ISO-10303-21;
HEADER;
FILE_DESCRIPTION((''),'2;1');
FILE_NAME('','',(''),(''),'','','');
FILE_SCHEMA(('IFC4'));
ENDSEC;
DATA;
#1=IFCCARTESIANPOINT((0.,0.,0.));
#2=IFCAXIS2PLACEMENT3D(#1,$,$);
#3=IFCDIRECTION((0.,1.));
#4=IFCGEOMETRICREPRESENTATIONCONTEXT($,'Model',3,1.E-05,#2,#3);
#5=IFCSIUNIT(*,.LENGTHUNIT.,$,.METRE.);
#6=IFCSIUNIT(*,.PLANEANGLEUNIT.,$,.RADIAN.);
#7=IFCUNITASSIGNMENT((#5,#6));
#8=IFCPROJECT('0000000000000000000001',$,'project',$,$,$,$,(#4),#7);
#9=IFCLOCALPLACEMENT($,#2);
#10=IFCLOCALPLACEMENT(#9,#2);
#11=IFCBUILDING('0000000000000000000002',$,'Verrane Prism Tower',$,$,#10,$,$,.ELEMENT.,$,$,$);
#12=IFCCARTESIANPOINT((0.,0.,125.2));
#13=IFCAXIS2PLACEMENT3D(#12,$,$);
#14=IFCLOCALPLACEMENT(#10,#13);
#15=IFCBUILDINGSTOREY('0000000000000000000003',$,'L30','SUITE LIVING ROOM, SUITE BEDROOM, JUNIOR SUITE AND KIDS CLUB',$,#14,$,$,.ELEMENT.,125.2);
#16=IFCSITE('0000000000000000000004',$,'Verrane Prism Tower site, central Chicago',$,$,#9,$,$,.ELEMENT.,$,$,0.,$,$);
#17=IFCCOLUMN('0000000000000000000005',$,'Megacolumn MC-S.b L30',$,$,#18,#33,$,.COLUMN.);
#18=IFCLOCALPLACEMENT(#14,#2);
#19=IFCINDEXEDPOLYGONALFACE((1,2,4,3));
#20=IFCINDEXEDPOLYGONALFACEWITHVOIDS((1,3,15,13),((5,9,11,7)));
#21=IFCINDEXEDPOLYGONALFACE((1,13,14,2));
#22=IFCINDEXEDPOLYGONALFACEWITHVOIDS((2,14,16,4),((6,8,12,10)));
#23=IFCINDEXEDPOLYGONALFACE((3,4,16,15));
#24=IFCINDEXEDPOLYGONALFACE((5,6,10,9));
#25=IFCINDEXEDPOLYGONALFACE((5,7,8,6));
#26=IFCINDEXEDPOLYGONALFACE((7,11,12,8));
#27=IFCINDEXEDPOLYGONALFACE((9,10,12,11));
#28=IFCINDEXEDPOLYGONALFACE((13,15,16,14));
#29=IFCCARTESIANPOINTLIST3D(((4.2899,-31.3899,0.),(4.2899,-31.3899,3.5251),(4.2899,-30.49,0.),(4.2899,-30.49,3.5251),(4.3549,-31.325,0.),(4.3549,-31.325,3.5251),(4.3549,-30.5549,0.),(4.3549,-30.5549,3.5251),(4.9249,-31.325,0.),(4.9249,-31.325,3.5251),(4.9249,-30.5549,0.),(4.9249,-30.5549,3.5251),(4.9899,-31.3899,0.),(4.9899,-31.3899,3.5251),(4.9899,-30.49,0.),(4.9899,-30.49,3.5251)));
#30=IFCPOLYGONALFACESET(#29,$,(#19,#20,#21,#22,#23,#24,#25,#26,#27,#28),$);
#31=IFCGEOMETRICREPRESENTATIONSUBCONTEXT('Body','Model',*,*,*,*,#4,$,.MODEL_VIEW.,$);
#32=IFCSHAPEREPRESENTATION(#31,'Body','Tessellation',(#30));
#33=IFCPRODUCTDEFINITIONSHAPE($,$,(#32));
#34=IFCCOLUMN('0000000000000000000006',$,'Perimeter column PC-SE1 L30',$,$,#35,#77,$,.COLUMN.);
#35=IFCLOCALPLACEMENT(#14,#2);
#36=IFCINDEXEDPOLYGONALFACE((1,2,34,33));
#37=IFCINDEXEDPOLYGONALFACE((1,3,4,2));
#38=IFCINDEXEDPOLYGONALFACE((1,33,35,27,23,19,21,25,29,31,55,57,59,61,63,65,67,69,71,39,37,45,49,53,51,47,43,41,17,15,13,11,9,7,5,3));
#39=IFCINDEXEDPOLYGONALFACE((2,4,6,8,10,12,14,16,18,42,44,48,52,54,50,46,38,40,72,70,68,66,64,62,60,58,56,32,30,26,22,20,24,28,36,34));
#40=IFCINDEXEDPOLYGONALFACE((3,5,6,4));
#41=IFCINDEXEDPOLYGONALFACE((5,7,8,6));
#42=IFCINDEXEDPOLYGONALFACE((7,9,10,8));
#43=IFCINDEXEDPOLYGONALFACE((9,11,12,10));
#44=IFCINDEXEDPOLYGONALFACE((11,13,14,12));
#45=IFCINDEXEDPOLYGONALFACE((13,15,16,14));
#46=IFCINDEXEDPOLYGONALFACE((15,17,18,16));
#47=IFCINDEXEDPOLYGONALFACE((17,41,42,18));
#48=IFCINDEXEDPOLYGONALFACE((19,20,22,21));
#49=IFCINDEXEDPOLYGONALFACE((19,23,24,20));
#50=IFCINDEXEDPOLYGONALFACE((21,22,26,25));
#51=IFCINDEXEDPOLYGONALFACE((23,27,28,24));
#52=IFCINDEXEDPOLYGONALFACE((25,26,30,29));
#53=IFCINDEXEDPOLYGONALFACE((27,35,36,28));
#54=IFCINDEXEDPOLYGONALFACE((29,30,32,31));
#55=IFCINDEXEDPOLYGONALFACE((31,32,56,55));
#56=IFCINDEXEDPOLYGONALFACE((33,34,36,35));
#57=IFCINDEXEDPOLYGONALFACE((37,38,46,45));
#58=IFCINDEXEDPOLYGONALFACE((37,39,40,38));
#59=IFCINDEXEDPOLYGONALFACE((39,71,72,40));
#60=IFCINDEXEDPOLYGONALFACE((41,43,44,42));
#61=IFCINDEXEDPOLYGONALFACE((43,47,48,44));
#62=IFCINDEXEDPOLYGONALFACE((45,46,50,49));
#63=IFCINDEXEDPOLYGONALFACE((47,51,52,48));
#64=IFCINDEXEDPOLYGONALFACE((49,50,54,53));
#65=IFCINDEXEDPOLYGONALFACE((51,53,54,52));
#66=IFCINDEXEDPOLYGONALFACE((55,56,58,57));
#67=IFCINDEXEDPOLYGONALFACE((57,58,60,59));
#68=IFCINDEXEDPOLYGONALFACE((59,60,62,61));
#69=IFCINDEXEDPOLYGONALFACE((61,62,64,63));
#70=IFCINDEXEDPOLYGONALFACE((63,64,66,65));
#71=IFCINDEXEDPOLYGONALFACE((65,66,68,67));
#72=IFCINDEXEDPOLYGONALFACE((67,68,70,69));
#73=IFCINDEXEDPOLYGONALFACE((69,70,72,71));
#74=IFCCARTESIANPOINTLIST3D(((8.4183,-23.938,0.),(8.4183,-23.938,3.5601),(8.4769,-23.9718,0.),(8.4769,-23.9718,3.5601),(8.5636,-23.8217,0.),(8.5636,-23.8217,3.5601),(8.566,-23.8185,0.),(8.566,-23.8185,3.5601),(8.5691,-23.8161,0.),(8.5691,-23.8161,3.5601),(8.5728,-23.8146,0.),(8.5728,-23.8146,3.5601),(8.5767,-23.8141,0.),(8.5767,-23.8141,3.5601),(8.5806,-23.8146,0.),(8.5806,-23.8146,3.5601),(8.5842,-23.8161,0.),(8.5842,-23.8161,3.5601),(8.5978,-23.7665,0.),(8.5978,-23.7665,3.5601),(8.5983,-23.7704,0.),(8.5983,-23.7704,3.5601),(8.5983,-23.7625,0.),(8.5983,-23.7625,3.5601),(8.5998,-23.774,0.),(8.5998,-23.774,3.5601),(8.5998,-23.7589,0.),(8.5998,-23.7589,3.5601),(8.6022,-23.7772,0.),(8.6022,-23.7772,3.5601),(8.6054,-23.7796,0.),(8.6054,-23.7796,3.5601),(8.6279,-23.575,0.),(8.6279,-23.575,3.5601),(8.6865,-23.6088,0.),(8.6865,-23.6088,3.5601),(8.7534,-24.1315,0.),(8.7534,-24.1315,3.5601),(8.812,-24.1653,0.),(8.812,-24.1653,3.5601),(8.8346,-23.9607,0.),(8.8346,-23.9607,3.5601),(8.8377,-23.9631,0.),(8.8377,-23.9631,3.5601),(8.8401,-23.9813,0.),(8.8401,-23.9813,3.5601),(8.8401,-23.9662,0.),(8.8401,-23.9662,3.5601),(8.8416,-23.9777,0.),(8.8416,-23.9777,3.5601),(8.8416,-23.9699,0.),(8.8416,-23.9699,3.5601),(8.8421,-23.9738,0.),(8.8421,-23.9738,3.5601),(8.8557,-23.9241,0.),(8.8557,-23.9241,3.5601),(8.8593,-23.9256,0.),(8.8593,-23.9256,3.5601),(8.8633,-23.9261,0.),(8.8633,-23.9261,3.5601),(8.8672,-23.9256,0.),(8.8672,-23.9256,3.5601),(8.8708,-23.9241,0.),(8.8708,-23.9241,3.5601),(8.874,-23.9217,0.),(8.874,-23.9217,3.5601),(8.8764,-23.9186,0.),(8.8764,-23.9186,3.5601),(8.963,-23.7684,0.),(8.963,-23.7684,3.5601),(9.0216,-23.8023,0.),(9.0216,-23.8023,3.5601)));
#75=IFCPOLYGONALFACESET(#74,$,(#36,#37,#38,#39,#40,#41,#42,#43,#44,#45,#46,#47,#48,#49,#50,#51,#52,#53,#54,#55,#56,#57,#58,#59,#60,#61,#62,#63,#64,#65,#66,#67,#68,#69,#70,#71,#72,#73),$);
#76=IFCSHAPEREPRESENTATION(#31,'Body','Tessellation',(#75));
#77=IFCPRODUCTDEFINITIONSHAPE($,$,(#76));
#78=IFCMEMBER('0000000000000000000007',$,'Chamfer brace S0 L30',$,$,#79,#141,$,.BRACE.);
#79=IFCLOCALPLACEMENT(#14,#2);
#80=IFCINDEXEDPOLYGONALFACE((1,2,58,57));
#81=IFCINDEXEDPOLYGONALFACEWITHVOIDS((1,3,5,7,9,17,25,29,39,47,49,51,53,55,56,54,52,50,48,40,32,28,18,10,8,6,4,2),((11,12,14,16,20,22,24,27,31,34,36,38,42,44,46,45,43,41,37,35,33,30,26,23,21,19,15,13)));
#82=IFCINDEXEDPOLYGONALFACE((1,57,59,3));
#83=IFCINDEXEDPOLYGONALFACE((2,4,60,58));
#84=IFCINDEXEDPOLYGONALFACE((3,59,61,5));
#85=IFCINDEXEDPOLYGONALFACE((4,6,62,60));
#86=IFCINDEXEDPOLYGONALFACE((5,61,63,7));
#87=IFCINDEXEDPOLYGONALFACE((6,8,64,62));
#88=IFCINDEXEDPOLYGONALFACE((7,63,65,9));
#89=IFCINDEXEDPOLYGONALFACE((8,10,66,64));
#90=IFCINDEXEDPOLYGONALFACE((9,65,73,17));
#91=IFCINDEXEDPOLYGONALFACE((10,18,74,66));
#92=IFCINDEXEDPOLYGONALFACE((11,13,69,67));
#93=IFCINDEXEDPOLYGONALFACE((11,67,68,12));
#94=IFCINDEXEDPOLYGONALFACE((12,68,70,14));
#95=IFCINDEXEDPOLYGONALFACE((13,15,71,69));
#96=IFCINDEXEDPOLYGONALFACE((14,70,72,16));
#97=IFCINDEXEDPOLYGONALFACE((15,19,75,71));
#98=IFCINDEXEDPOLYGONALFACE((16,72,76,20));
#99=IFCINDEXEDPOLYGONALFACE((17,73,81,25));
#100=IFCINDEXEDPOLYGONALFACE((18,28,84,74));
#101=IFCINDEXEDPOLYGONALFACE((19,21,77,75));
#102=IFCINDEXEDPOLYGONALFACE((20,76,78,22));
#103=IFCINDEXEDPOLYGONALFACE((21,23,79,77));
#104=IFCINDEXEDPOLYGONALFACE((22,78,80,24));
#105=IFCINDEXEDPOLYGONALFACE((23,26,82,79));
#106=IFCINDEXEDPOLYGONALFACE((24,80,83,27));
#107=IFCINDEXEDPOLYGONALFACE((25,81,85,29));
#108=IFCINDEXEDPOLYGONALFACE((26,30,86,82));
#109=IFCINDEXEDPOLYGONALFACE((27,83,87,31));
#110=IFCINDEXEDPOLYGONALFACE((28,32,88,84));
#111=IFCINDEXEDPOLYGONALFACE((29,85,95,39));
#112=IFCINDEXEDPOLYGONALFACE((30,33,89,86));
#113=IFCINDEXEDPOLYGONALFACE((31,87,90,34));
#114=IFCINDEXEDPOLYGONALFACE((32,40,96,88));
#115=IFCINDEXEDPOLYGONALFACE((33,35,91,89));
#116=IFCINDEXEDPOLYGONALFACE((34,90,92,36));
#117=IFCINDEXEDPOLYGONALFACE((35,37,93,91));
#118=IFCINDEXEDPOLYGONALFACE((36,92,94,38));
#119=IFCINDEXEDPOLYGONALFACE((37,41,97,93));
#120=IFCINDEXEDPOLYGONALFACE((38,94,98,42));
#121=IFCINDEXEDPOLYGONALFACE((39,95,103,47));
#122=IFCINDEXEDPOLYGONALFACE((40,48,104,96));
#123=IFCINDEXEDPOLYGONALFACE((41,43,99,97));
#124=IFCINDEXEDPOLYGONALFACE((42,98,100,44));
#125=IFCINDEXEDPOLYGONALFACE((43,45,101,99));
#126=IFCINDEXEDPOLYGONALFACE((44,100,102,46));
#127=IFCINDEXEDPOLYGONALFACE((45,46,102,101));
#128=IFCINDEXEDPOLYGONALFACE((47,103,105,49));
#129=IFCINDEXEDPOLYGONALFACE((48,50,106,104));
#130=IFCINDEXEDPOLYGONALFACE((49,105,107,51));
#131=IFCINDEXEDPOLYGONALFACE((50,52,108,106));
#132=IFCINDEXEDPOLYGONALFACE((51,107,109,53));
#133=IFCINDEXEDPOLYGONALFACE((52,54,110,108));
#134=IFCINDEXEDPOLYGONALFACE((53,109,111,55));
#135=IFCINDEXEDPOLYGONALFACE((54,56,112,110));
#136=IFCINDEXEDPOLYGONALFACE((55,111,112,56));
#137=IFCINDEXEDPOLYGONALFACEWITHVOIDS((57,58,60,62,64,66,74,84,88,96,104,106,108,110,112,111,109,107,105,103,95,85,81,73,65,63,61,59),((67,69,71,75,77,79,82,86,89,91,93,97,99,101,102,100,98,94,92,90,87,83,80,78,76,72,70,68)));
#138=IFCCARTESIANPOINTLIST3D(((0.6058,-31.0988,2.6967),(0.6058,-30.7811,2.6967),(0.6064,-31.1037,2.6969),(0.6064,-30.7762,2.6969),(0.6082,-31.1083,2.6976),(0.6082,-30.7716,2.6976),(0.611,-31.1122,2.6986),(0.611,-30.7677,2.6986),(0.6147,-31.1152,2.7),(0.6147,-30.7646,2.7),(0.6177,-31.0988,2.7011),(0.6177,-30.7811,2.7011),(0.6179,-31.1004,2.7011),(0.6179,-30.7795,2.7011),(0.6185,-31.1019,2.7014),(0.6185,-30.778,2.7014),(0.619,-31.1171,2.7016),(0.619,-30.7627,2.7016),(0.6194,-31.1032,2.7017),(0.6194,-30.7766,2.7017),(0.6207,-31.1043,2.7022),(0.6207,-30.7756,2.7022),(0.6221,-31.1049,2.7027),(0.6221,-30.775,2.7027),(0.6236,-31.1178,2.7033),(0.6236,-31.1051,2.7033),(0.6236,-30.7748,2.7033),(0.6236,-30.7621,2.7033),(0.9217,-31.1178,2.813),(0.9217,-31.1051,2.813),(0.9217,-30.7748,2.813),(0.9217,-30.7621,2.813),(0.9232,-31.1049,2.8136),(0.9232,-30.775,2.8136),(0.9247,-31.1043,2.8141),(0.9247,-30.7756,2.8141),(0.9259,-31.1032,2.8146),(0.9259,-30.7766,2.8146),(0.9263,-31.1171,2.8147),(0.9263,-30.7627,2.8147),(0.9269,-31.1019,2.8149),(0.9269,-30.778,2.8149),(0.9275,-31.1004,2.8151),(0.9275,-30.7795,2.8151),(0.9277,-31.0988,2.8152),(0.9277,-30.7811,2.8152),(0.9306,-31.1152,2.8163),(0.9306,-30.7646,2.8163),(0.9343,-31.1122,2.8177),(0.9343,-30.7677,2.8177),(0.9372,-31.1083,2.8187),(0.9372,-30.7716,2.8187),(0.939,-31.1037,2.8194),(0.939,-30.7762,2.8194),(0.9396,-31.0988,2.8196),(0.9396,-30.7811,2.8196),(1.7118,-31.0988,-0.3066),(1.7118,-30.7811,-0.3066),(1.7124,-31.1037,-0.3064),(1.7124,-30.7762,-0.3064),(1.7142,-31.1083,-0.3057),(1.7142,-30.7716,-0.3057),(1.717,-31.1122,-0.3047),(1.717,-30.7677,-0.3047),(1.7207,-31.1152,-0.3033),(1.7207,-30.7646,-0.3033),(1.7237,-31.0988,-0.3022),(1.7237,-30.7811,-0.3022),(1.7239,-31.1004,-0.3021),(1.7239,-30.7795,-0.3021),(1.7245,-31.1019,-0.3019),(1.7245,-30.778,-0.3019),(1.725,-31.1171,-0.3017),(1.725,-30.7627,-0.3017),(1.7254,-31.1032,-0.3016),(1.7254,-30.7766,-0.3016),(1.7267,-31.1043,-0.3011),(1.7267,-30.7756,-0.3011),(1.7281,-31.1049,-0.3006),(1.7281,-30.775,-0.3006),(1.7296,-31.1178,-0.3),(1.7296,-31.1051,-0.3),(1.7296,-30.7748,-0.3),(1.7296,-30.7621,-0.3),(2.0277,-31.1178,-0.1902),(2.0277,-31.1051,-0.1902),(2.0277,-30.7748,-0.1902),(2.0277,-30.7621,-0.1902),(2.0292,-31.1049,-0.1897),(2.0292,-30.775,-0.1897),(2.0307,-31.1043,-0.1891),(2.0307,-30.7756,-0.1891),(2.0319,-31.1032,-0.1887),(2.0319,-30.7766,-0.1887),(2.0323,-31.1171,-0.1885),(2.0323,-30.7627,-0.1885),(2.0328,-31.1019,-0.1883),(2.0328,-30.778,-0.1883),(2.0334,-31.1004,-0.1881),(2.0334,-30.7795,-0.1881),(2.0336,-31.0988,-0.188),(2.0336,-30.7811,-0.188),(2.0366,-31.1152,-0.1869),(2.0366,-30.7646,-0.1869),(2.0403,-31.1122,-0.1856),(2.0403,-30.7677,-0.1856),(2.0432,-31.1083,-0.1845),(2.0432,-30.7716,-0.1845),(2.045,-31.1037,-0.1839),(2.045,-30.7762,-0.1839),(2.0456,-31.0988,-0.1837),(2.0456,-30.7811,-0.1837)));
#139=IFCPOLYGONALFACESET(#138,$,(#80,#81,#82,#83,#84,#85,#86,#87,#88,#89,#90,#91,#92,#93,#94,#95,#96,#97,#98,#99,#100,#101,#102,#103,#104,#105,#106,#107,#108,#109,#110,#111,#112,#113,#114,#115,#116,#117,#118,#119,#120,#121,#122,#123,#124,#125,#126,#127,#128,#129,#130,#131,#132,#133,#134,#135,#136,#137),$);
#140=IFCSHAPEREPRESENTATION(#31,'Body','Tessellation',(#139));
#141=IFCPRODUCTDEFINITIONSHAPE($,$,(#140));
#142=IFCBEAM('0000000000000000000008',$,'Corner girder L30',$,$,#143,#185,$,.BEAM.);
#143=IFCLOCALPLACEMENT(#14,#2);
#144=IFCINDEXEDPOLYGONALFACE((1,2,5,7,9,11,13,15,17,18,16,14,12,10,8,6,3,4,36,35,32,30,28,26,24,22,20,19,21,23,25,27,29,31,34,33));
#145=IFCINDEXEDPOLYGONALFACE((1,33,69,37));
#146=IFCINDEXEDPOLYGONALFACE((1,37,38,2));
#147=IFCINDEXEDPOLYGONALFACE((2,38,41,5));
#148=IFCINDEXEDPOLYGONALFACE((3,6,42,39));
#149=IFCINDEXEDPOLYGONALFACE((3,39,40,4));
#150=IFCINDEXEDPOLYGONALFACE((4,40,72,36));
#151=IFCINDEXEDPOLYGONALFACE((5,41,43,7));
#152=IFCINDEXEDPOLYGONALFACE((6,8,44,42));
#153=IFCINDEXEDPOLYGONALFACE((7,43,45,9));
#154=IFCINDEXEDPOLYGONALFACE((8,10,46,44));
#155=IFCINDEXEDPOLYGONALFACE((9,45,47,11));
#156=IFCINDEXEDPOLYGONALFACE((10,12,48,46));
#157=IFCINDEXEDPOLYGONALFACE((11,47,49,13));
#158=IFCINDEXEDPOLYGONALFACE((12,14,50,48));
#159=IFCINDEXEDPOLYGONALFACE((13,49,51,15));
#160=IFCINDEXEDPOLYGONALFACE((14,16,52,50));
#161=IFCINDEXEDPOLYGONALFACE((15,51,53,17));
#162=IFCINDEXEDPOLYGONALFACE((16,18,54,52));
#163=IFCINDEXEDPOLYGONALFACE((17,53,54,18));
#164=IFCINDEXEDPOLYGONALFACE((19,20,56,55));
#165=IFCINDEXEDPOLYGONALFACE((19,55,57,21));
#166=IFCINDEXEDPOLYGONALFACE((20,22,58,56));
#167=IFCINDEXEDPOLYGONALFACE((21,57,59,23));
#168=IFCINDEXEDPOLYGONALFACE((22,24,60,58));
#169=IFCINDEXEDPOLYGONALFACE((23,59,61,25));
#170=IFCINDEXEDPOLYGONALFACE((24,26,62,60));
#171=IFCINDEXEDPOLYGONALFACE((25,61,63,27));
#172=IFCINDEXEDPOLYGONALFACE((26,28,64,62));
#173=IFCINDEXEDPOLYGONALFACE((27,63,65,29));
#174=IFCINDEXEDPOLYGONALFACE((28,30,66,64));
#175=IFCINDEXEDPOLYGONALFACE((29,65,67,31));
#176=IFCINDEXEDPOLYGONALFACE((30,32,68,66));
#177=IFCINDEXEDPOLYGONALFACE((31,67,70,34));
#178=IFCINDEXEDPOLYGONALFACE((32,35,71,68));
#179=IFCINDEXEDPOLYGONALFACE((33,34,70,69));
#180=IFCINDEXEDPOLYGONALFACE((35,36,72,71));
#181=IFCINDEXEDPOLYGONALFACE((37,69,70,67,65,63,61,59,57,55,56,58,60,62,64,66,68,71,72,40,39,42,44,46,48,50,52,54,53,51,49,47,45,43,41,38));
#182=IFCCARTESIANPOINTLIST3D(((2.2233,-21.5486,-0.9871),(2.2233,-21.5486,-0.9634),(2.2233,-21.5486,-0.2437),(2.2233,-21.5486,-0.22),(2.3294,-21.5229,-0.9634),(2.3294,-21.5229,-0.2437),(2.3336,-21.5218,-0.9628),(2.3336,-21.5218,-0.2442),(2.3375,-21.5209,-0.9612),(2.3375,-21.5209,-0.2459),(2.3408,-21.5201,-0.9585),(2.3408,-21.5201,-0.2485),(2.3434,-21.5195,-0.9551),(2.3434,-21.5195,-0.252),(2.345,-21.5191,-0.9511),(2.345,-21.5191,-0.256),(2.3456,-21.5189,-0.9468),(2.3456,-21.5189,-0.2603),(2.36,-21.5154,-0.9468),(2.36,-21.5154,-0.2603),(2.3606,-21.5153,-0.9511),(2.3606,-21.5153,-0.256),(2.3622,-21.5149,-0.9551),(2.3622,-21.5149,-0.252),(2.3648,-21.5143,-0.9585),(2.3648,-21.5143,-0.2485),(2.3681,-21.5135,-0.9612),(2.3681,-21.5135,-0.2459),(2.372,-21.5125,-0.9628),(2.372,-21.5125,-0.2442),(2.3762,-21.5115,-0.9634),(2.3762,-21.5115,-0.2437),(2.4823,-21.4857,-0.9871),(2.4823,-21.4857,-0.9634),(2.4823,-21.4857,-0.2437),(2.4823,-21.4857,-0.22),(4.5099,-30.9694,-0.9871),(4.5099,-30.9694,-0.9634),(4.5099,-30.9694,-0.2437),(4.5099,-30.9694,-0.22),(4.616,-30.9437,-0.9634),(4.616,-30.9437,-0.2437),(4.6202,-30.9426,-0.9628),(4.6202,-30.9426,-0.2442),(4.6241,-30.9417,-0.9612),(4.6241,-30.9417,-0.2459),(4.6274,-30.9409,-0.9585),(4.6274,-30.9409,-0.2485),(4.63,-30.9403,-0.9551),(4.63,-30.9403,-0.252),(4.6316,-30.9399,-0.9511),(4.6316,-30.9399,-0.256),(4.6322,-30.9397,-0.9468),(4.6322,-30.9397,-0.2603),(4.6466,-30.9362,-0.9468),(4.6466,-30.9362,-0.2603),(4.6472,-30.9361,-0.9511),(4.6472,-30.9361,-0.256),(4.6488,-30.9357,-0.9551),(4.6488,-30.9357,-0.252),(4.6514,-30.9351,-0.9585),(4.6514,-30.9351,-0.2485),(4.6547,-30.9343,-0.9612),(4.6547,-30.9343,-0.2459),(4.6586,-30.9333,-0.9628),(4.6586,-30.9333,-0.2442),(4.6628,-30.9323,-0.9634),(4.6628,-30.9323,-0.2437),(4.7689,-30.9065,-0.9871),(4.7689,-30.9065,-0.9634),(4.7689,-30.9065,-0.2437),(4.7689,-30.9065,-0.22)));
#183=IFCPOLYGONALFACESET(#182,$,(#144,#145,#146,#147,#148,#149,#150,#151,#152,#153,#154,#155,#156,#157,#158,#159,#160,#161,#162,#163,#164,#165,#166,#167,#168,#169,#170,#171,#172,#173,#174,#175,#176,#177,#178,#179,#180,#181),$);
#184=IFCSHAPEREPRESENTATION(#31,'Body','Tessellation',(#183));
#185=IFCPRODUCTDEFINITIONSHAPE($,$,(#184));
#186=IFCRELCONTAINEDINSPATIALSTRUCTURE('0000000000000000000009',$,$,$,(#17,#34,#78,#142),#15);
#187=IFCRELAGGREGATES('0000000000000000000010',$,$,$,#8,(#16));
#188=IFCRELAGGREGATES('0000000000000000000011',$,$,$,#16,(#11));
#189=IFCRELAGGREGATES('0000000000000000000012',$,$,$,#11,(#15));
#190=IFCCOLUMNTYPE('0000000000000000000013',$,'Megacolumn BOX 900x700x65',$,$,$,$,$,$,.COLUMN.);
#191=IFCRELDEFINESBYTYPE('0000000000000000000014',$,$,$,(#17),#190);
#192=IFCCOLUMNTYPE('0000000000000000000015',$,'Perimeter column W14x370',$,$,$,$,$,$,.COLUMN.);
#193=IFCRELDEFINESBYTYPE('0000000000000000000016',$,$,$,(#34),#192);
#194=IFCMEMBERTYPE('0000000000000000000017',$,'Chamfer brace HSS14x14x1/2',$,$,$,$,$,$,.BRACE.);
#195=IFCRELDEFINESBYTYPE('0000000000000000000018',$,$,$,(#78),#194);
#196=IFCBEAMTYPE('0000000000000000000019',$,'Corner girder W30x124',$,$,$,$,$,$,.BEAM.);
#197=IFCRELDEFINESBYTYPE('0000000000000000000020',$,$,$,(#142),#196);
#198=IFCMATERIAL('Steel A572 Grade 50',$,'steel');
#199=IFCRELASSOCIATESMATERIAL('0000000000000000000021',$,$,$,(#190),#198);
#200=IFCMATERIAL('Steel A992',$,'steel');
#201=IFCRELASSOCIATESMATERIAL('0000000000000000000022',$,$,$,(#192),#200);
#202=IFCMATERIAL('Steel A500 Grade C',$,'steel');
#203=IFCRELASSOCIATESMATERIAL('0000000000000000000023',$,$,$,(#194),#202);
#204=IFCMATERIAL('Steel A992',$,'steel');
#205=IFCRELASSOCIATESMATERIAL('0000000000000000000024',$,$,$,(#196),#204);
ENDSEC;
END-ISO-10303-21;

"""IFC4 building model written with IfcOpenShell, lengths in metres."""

from ifc_helpers import new_model, si_unit, direction, frame, origin, origin_2d, place, context, subcontext, project, spatial, hollow_rectangle, i_section, extrude, material, material_profile, profile_set, type_object, element, save


model = new_model("IFC4")

# Units and contexts
model_context = context("Model", 3, precision=1e-05, world=origin(), true_north=direction((0.0, 1.0)))
body_context = subcontext(model_context, "Body", "Model", "MODEL_VIEW")
ifc_project = project(units=[si_unit("LENGTHUNIT", "METRE"), si_unit("PLANEANGLEUNIT", "RADIAN")], contexts=[model_context])

# Site, building, storey
site_placement = place(None, origin())
site = spatial("IfcSite", under=ifc_project, at=site_placement, Name="Verrane Prism Tower site, central Chicago", CompositionType="ELEMENT", RefElevation=0.0)
building_placement = place(site_placement, origin())
building = spatial("IfcBuilding", under=site, at=building_placement, Name="Verrane Prism Tower", CompositionType="ELEMENT")
storey_placement = place(building_placement, frame((0.0, 0.0, 125.2)))
storey = spatial("IfcBuildingStorey", under=building, at=storey_placement, Name="L30", Description="SUITE LIVING ROOM, SUITE BEDROOM, JUNIOR SUITE AND KIDS CLUB", CompositionType="ELEMENT", Elevation=125.2)

# Columns
ifc_material_1 = material(Name="Steel A572 Grade 50", Category="steel")
ifc_material_profile_1 = material_profile(ifc_material_1, hollow_rectangle(XDim=0.7, YDim=0.8999, WallThickness=0.0649, at=origin_2d()), Name="BOX 900x700x65")
ifc_profile_set_1 = profile_set([ifc_material_profile_1], Name="Steel A572 Grade 50")
column_type_1 = type_object("IfcColumnType", Name="Megacolumn BOX 900x700x65", PredefinedType="COLUMN", material=ifc_profile_set_1)
column_1_placement = place(storey_placement, frame((4.6399, -30.9399, 0.0), z_axis=(0.0, 0.0, 1.0), x_axis=(-1.0, 0.0, 0.0)))
element("IfcColumn", 1, at=column_1_placement, inside=storey, type_object=column_type_1, Name="Megacolumn MC-S.b L30", PredefinedType="COLUMN", context=body_context, shape_type="SweptSolid", body=[
    extrude(hollow_rectangle(XDim=0.7, YDim=0.8999, WallThickness=0.0649, at=origin_2d()), origin(), (0.0, 0.0, 1.0), 3.5251),
])
ifc_material_2 = material(Name="Steel A992", Category="steel")
ifc_material_profile_2 = material_profile(ifc_material_2, i_section(OverallWidth=0.4192, OverallDepth=0.4546, WebThickness=0.0422, FlangeThickness=0.0676, FilletRadius=0.0151, at=origin_2d()), Name="W14x370")
ifc_profile_set_2 = profile_set([ifc_material_profile_2], Name="Steel A992")
column_type_2 = type_object("IfcColumnType", Name="Perimeter column W14x370", PredefinedType="COLUMN", material=ifc_profile_set_2)
column_2_placement = place(storey_placement, frame((8.72, -23.8701, 0.0), z_axis=(0.0, 0.0, 1.0), x_axis=(-0.5, -0.866025, 0.0)))
element("IfcColumn", 2, at=column_2_placement, inside=storey, type_object=column_type_2, Name="Perimeter column PC-SE1 L30", PredefinedType="COLUMN", context=body_context, shape_type="SweptSolid", body=[
    extrude(i_section(OverallWidth=0.4192, OverallDepth=0.4546, WebThickness=0.0422, FlangeThickness=0.0676, FilletRadius=0.0151, at=origin_2d()), origin(), (0.0, 0.0, 1.0), 3.5601),
])

# Member
ifc_material_3 = material(Name="Steel A500 Grade C", Category="steel")
ifc_material_profile_3 = material_profile(ifc_material_3, hollow_rectangle(XDim=0.3557, YDim=0.3557, WallThickness=0.0127, InnerFilletRadius=0.0063, OuterFilletRadius=0.019, at=origin_2d()), Name="HSS14x14x1/2")
ifc_profile_set_3 = profile_set([ifc_material_profile_3], Name="Steel A500 Grade C")
member_type_1 = type_object("IfcMemberType", Name="Chamfer brace HSS14x14x1/2", PredefinedType="BRACE", material=ifc_profile_set_3)
member_1_placement = place(storey_placement, frame((1.8787, -30.9399, -0.2451), z_axis=(-0.345575, 0.0, 0.938391), x_axis=(0.0, -1.0, 0.0)))
element("IfcMember", 3, at=member_1_placement, inside=storey, type_object=member_type_1, Name="Chamfer brace S0 L30", PredefinedType="BRACE", context=body_context, shape_type="SweptSolid", body=[
    extrude(hollow_rectangle(XDim=0.3557, YDim=0.3557, WallThickness=0.0127, InnerFilletRadius=0.0063, OuterFilletRadius=0.019, at=origin_2d()), origin(), (0.0, 0.0, 1.0), 3.2004),
])

# Beam
ifc_material_4 = material(Name="Steel A992", Category="steel")
ifc_material_profile_4 = material_profile(ifc_material_4, i_section(OverallWidth=0.2666, OverallDepth=0.7671, WebThickness=0.0149, FlangeThickness=0.0237, FilletRadius=0.0166, at=origin_2d()), Name="W30x124")
ifc_profile_set_4 = profile_set([ifc_material_profile_4], Name="Steel A992")
beam_type_1 = type_object("IfcBeamType", Name="Corner girder W30x124", PredefinedType="BEAM", material=ifc_profile_set_4)
beam_1_placement = place(storey_placement, frame((4.6394, -30.938, -0.6035), z_axis=(-0.23587, 0.971785, 0.0), x_axis=(-0.971785, -0.23587, 0.0)))
element("IfcBeam", 4, at=beam_1_placement, inside=storey, type_object=beam_type_1, Name="Corner girder L30", PredefinedType="BEAM", context=body_context, shape_type="SweptSolid", body=[
    extrude(i_section(OverallWidth=0.2666, OverallDepth=0.7671, WebThickness=0.0149, FlangeThickness=0.0237, FilletRadius=0.0166, at=origin_2d()), origin(), (0.0, 0.0, 1.0), 9.6943),
])

save(model, "model.ifc")
